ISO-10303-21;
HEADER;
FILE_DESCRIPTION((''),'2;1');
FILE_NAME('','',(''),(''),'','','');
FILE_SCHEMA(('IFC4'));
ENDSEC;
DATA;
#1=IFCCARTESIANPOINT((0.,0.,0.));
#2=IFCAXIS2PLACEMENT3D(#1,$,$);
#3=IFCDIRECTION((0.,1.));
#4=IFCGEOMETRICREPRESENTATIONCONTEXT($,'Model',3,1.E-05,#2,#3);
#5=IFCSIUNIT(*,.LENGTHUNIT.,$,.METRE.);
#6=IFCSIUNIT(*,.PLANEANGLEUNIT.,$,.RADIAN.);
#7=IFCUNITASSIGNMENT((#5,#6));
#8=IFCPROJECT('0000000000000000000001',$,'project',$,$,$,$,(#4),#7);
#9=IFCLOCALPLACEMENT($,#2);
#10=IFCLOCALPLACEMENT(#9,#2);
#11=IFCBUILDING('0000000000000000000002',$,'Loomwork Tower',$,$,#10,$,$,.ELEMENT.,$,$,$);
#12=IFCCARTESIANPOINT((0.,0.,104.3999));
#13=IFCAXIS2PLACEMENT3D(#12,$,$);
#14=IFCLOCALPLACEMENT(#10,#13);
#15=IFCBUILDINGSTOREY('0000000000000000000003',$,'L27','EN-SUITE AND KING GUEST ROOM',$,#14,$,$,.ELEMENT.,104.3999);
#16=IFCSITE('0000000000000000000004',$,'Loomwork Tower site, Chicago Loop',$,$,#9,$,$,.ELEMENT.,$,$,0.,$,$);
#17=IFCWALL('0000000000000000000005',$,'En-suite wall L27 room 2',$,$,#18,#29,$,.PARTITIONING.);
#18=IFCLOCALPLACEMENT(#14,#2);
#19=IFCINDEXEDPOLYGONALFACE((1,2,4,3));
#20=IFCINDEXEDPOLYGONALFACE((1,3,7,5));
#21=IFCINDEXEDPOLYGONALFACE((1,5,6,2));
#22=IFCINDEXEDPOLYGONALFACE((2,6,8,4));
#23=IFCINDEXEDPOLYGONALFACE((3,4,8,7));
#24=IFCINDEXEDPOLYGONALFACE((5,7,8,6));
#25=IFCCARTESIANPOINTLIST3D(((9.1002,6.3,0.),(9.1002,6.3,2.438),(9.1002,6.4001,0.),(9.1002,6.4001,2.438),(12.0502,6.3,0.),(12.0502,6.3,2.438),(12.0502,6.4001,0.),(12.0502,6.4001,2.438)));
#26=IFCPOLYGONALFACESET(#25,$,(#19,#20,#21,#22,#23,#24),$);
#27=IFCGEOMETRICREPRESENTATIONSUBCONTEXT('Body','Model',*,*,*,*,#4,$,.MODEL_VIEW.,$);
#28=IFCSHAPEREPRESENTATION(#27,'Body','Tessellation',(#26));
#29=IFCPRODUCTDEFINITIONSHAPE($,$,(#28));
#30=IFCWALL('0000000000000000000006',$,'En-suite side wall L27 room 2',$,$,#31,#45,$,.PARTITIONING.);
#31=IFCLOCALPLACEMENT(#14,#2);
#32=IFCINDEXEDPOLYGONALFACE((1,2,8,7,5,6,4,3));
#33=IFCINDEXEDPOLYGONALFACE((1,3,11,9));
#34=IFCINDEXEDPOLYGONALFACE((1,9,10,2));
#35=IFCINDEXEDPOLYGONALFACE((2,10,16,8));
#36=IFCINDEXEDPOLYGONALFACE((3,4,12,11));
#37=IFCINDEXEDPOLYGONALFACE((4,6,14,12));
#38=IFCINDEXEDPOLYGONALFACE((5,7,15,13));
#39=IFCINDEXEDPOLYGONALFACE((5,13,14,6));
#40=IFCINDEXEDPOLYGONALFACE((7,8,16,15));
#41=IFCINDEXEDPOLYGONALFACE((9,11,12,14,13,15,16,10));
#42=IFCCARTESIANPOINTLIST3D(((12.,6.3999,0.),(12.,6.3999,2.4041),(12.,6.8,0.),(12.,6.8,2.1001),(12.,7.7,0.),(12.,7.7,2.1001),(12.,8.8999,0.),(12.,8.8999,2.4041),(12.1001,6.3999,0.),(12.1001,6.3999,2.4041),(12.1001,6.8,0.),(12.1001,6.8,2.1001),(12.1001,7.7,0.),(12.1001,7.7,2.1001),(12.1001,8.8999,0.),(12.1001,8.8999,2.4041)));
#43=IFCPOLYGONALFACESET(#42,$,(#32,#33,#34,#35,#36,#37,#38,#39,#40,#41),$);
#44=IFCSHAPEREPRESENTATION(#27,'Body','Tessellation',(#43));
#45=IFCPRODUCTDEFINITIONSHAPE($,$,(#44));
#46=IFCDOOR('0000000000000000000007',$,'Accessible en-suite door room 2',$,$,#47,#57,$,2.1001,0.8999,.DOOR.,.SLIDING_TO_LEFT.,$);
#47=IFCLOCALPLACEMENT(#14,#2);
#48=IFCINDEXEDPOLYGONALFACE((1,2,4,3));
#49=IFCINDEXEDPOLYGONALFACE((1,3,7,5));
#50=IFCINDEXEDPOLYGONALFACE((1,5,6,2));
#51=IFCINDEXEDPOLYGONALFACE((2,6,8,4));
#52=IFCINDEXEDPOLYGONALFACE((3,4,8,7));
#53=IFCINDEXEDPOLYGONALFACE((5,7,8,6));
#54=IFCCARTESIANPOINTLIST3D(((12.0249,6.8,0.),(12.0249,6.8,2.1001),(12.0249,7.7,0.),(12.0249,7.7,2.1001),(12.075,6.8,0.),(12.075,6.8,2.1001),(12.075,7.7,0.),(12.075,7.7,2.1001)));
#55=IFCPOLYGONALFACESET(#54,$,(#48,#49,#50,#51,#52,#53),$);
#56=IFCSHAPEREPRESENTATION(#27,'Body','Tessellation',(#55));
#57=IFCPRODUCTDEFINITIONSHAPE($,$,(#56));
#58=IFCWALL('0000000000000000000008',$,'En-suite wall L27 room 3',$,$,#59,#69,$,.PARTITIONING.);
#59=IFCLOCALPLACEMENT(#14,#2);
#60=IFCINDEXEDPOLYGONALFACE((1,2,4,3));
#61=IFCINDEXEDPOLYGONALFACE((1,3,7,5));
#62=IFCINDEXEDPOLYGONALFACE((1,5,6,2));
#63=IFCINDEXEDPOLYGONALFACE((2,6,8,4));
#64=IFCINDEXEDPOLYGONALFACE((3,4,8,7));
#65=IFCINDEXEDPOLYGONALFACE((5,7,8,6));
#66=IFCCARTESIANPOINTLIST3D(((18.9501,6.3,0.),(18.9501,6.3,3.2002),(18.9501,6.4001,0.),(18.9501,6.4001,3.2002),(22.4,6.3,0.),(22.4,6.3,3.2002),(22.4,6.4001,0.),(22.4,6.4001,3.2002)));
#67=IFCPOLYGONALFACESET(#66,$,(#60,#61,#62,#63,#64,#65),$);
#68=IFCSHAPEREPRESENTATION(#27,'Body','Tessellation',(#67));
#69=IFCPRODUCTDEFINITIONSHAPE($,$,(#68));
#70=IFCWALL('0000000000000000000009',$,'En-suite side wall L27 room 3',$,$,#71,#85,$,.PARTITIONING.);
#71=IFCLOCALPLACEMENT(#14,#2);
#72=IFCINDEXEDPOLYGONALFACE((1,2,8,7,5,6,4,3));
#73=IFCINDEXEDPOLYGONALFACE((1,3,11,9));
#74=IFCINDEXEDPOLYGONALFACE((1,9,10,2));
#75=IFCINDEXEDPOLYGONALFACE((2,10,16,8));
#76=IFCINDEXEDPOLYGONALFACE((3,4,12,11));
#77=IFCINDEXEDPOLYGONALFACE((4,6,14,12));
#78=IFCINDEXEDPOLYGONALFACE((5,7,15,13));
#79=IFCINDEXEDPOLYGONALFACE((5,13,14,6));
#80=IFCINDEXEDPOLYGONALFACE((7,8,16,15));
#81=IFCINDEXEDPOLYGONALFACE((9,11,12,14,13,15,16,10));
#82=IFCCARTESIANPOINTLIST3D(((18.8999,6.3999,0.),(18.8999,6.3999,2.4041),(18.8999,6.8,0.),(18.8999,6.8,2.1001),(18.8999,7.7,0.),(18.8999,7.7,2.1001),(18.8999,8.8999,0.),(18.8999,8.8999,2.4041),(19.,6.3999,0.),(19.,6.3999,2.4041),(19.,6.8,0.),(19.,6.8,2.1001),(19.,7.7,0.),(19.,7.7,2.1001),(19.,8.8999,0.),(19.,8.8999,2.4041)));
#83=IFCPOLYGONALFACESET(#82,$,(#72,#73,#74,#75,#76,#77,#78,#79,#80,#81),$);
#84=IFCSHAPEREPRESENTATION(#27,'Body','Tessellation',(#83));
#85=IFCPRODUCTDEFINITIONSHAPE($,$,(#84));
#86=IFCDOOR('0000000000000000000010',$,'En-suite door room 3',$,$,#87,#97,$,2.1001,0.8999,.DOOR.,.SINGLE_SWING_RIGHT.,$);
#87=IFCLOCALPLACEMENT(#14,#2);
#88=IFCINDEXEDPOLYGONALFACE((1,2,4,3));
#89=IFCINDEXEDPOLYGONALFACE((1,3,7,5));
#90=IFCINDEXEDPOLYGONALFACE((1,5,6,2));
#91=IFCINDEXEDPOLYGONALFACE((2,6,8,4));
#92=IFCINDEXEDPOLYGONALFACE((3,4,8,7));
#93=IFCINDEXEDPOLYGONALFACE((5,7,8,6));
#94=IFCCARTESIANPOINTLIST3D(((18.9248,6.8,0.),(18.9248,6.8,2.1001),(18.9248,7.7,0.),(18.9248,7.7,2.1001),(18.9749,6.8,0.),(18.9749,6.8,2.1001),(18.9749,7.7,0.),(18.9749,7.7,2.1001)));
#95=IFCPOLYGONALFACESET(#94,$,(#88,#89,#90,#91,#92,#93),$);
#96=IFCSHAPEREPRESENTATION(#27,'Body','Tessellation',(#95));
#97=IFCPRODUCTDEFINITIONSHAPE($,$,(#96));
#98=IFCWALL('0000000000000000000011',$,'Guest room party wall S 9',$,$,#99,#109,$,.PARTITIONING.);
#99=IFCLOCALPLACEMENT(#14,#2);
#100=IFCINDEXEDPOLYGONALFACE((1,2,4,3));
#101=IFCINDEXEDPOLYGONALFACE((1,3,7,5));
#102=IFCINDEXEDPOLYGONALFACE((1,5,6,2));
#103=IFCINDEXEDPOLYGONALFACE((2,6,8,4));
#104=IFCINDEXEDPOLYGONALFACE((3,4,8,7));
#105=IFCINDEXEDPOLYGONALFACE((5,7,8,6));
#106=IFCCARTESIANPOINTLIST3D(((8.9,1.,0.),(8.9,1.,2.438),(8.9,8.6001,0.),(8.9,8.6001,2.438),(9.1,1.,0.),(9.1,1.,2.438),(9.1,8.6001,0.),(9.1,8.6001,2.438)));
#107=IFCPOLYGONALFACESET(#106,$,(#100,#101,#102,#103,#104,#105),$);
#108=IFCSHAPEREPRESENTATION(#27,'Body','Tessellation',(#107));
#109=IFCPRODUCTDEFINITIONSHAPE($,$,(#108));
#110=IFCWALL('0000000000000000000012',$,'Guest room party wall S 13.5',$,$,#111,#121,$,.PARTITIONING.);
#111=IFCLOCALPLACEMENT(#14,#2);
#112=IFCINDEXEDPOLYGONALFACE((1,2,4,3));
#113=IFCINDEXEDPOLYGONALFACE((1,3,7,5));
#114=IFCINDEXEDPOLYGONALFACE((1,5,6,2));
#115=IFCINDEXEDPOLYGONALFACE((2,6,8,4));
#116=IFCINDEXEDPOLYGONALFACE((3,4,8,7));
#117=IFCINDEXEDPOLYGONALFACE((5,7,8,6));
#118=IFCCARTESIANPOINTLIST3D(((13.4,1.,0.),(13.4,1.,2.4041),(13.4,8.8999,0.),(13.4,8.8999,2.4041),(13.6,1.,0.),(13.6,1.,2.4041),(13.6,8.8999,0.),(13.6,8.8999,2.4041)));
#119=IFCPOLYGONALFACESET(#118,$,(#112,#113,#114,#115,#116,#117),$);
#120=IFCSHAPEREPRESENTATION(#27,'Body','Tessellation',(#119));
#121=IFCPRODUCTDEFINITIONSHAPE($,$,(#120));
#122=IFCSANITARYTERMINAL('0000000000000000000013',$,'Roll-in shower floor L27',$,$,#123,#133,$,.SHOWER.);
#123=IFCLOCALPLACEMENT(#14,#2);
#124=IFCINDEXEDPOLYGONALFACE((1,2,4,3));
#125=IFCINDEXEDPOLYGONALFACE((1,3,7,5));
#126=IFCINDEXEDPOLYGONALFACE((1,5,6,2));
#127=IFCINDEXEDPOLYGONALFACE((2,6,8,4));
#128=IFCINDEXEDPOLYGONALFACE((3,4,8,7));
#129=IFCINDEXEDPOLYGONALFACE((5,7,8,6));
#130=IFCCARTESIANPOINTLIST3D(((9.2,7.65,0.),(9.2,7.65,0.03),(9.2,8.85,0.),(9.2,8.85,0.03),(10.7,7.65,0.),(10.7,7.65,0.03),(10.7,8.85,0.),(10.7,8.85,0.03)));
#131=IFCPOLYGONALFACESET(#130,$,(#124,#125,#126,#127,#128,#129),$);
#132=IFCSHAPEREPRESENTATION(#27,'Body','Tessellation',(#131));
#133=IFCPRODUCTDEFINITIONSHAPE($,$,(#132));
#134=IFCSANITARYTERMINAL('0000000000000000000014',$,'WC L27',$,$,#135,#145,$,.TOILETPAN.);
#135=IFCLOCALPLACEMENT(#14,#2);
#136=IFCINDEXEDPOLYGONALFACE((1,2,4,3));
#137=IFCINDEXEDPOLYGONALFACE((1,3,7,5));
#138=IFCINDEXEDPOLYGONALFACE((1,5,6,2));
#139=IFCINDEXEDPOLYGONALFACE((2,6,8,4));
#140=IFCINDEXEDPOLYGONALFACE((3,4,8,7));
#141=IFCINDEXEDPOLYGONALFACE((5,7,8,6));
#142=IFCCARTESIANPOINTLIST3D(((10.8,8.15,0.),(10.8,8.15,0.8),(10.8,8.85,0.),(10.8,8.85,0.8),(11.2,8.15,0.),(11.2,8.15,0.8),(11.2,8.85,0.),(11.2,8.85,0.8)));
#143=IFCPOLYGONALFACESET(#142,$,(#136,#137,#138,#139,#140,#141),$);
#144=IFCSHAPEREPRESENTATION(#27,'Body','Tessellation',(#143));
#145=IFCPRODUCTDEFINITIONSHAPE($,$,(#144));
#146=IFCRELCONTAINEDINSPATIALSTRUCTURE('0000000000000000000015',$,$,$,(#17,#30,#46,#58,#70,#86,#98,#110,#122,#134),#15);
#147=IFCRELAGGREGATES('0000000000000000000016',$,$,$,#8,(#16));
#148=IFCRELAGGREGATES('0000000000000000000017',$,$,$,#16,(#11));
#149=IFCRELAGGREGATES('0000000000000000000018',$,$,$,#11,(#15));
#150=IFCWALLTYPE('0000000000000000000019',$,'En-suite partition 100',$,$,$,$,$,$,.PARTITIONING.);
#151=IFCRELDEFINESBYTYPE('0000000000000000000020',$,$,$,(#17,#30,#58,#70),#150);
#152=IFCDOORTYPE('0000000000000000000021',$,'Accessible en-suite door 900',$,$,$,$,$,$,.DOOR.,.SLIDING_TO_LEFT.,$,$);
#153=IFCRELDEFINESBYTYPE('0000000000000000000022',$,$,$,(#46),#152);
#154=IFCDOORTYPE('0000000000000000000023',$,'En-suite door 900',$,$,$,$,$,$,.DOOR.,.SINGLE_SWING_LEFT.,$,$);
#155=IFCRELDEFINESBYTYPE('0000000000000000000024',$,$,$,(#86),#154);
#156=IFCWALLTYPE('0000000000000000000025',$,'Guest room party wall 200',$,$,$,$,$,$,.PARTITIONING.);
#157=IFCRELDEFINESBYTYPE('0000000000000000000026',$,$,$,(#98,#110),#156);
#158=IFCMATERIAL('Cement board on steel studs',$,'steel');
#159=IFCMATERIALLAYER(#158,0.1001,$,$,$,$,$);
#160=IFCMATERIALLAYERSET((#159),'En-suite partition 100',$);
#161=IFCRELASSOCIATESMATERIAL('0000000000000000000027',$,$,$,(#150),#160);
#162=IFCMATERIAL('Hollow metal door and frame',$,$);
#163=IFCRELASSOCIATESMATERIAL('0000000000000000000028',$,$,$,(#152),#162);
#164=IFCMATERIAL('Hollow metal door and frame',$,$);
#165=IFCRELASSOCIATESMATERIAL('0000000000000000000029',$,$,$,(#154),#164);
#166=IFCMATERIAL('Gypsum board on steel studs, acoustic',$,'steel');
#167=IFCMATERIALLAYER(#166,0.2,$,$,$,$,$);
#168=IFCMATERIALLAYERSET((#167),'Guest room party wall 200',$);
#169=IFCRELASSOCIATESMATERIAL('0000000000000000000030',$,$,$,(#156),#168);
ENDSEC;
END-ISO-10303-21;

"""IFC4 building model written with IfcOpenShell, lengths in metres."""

from ifc_helpers import new_model, si_unit, direction, frame, frame_2d, origin, origin_2d, place, context, subcontext, project, spatial, rectangle, extrude, material, layer, layer_set, type_object, element, fill, save


model = new_model("IFC4")

# Units and contexts
model_context = context("Model", 3, precision=1e-05, world=origin(), true_north=direction((0.0, 1.0)))
body_context = subcontext(model_context, "Body", "Model", "MODEL_VIEW")
ifc_project = project(units=[si_unit("LENGTHUNIT", "METRE"), si_unit("PLANEANGLEUNIT", "RADIAN")], contexts=[model_context])

# Site, building, storey
site_placement = place(None, origin())
site = spatial("IfcSite", under=ifc_project, at=site_placement, Name="Loomwork Tower site, Chicago Loop", CompositionType="ELEMENT", RefElevation=0.0)
building_placement = place(site_placement, origin())
building = spatial("IfcBuilding", under=site, at=building_placement, Name="Loomwork Tower", CompositionType="ELEMENT")
storey_placement = place(building_placement, frame((0.0, 0.0, 104.3999)))
storey = spatial("IfcBuildingStorey", under=building, at=storey_placement, Name="L27", Description="EN-SUITE AND KING GUEST ROOM", CompositionType="ELEMENT", Elevation=104.3999)

# Wall
ifc_material_1 = material(Name="Cement board on steel studs", Category="steel")
ifc_layer_1 = layer(ifc_material_1, 0.1001)
ifc_layer_set_1 = layer_set([ifc_layer_1], Name="En-suite partition 100")
wall_type_1 = type_object("IfcWallType", Name="En-suite partition 100", PredefinedType="PARTITIONING", material=ifc_layer_set_1)
wall_1_placement = place(storey_placement, frame((9.1001, 6.3501, 0.0), z_axis=(0.0, 0.0, 1.0), x_axis=(1.0, 0.0, 0.0)))
element("IfcWall", 1, at=wall_1_placement, inside=storey, type_object=wall_type_1, Name="En-suite wall L27 room 2", PredefinedType="PARTITIONING", context=body_context, shape_type="SweptSolid", body=[
    extrude(rectangle(XDim=2.95, YDim=0.1001, at=frame_2d((1.4751, 0.0))), origin(), (0.0, 0.0, 1.0), 2.438),
])

# Wall, opening, door
wall_2_placement = place(storey_placement, frame((12.05, 8.8999, 0.0), z_axis=(0.0, 0.0, 1.0), x_axis=(0.0, -1.0, 0.0)))
wall_2 = element("IfcWall", 2, at=wall_2_placement, inside=storey, type_object=wall_type_1, Name="En-suite side wall L27 room 2", PredefinedType="PARTITIONING", context=body_context, shape_type="SweptSolid", body=[
    extrude(rectangle(XDim=2.5, YDim=0.1001, at=frame_2d((1.25, 0.0))), origin(), (0.0, 0.0, 1.0), 2.4041),
])
opening_1_placement = place(wall_2_placement, frame((1.2, 0.0, 0.0)))
opening_1 = element("IfcOpeningElement", 3, at=opening_1_placement, cuts=wall_2, PredefinedType="OPENING", context=body_context, shape_type="SweptSolid", body=[
    extrude(rectangle(XDim=0.8999, YDim=2.1001, at=frame_2d((0.45, 1.05))), frame((0.0, 0.0601, 0.0), z_axis=(0.0, -1.0, 0.0), x_axis=(1.0, 0.0, 0.0)), (0.0, 0.0, 1.0), 0.1201),
])
ifc_material_2 = material(Name="Hollow metal door and frame")
door_type_1 = type_object("IfcDoorType", Name="Accessible en-suite door 900", OperationType="SLIDING_TO_LEFT", PredefinedType="DOOR", material=ifc_material_2)
door_1_placement = place(opening_1_placement, origin())
door_1 = element("IfcDoor", 4, at=door_1_placement, inside=storey, type_object=door_type_1, Name="Accessible en-suite door room 2", OperationType="SLIDING_TO_LEFT", OverallHeight=2.1001, OverallWidth=0.8999, PredefinedType="DOOR", context=body_context, shape_type="SweptSolid", body=[
    extrude(rectangle(XDim=0.8999, YDim=2.1001, at=frame_2d((0.45, 1.05))), frame((0.0, 0.0249, 0.0), z_axis=(0.0, -1.0, 0.0), x_axis=(1.0, 0.0, 0.0)), (0.0, 0.0, 1.0), 0.05),
])
fill(opening_1, door_1)

# Wall
wall_3_placement = place(storey_placement, frame((18.95, 6.3501, 0.0), z_axis=(0.0, 0.0, 1.0), x_axis=(1.0, 0.0, 0.0)))
element("IfcWall", 5, at=wall_3_placement, inside=storey, type_object=wall_type_1, Name="En-suite wall L27 room 3", PredefinedType="PARTITIONING", context=body_context, shape_type="SweptSolid", body=[
    extrude(rectangle(XDim=3.45, YDim=0.1001, at=frame_2d((1.7251, 0.0))), origin(), (0.0, 0.0, 1.0), 3.2002),
])

# Wall, opening, door
wall_4_placement = place(storey_placement, frame((18.95, 8.8999, 0.0), z_axis=(0.0, 0.0, 1.0), x_axis=(0.0, -1.0, 0.0)))
wall_4 = element("IfcWall", 6, at=wall_4_placement, inside=storey, type_object=wall_type_1, Name="En-suite side wall L27 room 3", PredefinedType="PARTITIONING", context=body_context, shape_type="SweptSolid", body=[
    extrude(rectangle(XDim=2.5, YDim=0.1001, at=frame_2d((1.25, 0.0))), origin(), (0.0, 0.0, 1.0), 2.4041),
])
opening_2_placement = place(wall_4_placement, frame((1.2, 0.0, 0.0)))
opening_2 = element("IfcOpeningElement", 7, at=opening_2_placement, cuts=wall_4, PredefinedType="OPENING", context=body_context, shape_type="SweptSolid", body=[
    extrude(rectangle(XDim=0.8999, YDim=2.1001, at=frame_2d((0.45, 1.05))), frame((0.0, 0.0601, 0.0), z_axis=(0.0, -1.0, 0.0), x_axis=(1.0, 0.0, 0.0)), (0.0, 0.0, 1.0), 0.1201),
])
ifc_material_3 = material(Name="Hollow metal door and frame")
door_type_2 = type_object("IfcDoorType", Name="En-suite door 900", OperationType="SINGLE_SWING_LEFT", PredefinedType="DOOR", material=ifc_material_3)
door_2_placement = place(opening_2_placement, origin())
door_2 = element("IfcDoor", 8, at=door_2_placement, inside=storey, type_object=door_type_2, Name="En-suite door room 3", OperationType="SINGLE_SWING_RIGHT", OverallHeight=2.1001, OverallWidth=0.8999, PredefinedType="DOOR", context=body_context, shape_type="SweptSolid", body=[
    extrude(rectangle(XDim=0.8999, YDim=2.1001, at=frame_2d((0.45, 1.05))), frame((0.0, 0.0249, 0.0), z_axis=(0.0, -1.0, 0.0), x_axis=(1.0, 0.0, 0.0)), (0.0, 0.0, 1.0), 0.05),
])
fill(opening_2, door_2)

# Walls
ifc_material_4 = material(Name="Gypsum board on steel studs, acoustic", Category="steel")
ifc_layer_2 = layer(ifc_material_4, 0.2)
ifc_layer_set_2 = layer_set([ifc_layer_2], Name="Guest room party wall 200")
wall_type_2 = type_object("IfcWallType", Name="Guest room party wall 200", PredefinedType="PARTITIONING", material=ifc_layer_set_2)
wall_5_placement = place(storey_placement, frame((9.0, 8.6001, 0.0), z_axis=(0.0, 0.0, 1.0), x_axis=(0.0, -1.0, 0.0)))
element("IfcWall", 9, at=wall_5_placement, inside=storey, type_object=wall_type_2, Name="Guest room party wall S 9", PredefinedType="PARTITIONING", context=body_context, shape_type="SweptSolid", body=[
    extrude(rectangle(XDim=7.6001, YDim=0.2, at=frame_2d((3.8, 0.0))), origin(), (0.0, 0.0, 1.0), 2.438),
])
wall_6_placement = place(storey_placement, frame((13.5, 8.8999, 0.0), z_axis=(0.0, 0.0, 1.0), x_axis=(0.0, -1.0, 0.0)))
element("IfcWall", 10, at=wall_6_placement, inside=storey, type_object=wall_type_2, Name="Guest room party wall S 13.5", PredefinedType="PARTITIONING", context=body_context, shape_type="SweptSolid", body=[
    extrude(rectangle(XDim=7.8999, YDim=0.2, at=frame_2d((3.95, 0.0))), origin(), (0.0, 0.0, 1.0), 2.4041),
])

# Sanitary terminals
sanitary_terminal_1_placement = place(storey_placement, frame((9.95, 8.25, 0.0), z_axis=(0.0, 0.0, 1.0), x_axis=(1.0, 0.0, 0.0)))
element("IfcSanitaryTerminal", 11, at=sanitary_terminal_1_placement, inside=storey, Name="Roll-in shower floor L27", PredefinedType="SHOWER", context=body_context, shape_type="SweptSolid", body=[
    extrude(rectangle(XDim=1.5, YDim=1.2, at=origin_2d()), origin(), (0.0, 0.0, 1.0), 0.03),
])
sanitary_terminal_2_placement = place(storey_placement, frame((11.0, 8.5, 0.0), z_axis=(0.0, 0.0, 1.0), x_axis=(1.0, 0.0, 0.0)))
element("IfcSanitaryTerminal", 12, at=sanitary_terminal_2_placement, inside=storey, Name="WC L27", PredefinedType="TOILETPAN", context=body_context, shape_type="SweptSolid", body=[
    extrude(rectangle(XDim=0.3999, YDim=0.7, at=origin_2d()), origin(), (0.0, 0.0, 1.0), 0.8),
])

save(model, "model.ifc")
